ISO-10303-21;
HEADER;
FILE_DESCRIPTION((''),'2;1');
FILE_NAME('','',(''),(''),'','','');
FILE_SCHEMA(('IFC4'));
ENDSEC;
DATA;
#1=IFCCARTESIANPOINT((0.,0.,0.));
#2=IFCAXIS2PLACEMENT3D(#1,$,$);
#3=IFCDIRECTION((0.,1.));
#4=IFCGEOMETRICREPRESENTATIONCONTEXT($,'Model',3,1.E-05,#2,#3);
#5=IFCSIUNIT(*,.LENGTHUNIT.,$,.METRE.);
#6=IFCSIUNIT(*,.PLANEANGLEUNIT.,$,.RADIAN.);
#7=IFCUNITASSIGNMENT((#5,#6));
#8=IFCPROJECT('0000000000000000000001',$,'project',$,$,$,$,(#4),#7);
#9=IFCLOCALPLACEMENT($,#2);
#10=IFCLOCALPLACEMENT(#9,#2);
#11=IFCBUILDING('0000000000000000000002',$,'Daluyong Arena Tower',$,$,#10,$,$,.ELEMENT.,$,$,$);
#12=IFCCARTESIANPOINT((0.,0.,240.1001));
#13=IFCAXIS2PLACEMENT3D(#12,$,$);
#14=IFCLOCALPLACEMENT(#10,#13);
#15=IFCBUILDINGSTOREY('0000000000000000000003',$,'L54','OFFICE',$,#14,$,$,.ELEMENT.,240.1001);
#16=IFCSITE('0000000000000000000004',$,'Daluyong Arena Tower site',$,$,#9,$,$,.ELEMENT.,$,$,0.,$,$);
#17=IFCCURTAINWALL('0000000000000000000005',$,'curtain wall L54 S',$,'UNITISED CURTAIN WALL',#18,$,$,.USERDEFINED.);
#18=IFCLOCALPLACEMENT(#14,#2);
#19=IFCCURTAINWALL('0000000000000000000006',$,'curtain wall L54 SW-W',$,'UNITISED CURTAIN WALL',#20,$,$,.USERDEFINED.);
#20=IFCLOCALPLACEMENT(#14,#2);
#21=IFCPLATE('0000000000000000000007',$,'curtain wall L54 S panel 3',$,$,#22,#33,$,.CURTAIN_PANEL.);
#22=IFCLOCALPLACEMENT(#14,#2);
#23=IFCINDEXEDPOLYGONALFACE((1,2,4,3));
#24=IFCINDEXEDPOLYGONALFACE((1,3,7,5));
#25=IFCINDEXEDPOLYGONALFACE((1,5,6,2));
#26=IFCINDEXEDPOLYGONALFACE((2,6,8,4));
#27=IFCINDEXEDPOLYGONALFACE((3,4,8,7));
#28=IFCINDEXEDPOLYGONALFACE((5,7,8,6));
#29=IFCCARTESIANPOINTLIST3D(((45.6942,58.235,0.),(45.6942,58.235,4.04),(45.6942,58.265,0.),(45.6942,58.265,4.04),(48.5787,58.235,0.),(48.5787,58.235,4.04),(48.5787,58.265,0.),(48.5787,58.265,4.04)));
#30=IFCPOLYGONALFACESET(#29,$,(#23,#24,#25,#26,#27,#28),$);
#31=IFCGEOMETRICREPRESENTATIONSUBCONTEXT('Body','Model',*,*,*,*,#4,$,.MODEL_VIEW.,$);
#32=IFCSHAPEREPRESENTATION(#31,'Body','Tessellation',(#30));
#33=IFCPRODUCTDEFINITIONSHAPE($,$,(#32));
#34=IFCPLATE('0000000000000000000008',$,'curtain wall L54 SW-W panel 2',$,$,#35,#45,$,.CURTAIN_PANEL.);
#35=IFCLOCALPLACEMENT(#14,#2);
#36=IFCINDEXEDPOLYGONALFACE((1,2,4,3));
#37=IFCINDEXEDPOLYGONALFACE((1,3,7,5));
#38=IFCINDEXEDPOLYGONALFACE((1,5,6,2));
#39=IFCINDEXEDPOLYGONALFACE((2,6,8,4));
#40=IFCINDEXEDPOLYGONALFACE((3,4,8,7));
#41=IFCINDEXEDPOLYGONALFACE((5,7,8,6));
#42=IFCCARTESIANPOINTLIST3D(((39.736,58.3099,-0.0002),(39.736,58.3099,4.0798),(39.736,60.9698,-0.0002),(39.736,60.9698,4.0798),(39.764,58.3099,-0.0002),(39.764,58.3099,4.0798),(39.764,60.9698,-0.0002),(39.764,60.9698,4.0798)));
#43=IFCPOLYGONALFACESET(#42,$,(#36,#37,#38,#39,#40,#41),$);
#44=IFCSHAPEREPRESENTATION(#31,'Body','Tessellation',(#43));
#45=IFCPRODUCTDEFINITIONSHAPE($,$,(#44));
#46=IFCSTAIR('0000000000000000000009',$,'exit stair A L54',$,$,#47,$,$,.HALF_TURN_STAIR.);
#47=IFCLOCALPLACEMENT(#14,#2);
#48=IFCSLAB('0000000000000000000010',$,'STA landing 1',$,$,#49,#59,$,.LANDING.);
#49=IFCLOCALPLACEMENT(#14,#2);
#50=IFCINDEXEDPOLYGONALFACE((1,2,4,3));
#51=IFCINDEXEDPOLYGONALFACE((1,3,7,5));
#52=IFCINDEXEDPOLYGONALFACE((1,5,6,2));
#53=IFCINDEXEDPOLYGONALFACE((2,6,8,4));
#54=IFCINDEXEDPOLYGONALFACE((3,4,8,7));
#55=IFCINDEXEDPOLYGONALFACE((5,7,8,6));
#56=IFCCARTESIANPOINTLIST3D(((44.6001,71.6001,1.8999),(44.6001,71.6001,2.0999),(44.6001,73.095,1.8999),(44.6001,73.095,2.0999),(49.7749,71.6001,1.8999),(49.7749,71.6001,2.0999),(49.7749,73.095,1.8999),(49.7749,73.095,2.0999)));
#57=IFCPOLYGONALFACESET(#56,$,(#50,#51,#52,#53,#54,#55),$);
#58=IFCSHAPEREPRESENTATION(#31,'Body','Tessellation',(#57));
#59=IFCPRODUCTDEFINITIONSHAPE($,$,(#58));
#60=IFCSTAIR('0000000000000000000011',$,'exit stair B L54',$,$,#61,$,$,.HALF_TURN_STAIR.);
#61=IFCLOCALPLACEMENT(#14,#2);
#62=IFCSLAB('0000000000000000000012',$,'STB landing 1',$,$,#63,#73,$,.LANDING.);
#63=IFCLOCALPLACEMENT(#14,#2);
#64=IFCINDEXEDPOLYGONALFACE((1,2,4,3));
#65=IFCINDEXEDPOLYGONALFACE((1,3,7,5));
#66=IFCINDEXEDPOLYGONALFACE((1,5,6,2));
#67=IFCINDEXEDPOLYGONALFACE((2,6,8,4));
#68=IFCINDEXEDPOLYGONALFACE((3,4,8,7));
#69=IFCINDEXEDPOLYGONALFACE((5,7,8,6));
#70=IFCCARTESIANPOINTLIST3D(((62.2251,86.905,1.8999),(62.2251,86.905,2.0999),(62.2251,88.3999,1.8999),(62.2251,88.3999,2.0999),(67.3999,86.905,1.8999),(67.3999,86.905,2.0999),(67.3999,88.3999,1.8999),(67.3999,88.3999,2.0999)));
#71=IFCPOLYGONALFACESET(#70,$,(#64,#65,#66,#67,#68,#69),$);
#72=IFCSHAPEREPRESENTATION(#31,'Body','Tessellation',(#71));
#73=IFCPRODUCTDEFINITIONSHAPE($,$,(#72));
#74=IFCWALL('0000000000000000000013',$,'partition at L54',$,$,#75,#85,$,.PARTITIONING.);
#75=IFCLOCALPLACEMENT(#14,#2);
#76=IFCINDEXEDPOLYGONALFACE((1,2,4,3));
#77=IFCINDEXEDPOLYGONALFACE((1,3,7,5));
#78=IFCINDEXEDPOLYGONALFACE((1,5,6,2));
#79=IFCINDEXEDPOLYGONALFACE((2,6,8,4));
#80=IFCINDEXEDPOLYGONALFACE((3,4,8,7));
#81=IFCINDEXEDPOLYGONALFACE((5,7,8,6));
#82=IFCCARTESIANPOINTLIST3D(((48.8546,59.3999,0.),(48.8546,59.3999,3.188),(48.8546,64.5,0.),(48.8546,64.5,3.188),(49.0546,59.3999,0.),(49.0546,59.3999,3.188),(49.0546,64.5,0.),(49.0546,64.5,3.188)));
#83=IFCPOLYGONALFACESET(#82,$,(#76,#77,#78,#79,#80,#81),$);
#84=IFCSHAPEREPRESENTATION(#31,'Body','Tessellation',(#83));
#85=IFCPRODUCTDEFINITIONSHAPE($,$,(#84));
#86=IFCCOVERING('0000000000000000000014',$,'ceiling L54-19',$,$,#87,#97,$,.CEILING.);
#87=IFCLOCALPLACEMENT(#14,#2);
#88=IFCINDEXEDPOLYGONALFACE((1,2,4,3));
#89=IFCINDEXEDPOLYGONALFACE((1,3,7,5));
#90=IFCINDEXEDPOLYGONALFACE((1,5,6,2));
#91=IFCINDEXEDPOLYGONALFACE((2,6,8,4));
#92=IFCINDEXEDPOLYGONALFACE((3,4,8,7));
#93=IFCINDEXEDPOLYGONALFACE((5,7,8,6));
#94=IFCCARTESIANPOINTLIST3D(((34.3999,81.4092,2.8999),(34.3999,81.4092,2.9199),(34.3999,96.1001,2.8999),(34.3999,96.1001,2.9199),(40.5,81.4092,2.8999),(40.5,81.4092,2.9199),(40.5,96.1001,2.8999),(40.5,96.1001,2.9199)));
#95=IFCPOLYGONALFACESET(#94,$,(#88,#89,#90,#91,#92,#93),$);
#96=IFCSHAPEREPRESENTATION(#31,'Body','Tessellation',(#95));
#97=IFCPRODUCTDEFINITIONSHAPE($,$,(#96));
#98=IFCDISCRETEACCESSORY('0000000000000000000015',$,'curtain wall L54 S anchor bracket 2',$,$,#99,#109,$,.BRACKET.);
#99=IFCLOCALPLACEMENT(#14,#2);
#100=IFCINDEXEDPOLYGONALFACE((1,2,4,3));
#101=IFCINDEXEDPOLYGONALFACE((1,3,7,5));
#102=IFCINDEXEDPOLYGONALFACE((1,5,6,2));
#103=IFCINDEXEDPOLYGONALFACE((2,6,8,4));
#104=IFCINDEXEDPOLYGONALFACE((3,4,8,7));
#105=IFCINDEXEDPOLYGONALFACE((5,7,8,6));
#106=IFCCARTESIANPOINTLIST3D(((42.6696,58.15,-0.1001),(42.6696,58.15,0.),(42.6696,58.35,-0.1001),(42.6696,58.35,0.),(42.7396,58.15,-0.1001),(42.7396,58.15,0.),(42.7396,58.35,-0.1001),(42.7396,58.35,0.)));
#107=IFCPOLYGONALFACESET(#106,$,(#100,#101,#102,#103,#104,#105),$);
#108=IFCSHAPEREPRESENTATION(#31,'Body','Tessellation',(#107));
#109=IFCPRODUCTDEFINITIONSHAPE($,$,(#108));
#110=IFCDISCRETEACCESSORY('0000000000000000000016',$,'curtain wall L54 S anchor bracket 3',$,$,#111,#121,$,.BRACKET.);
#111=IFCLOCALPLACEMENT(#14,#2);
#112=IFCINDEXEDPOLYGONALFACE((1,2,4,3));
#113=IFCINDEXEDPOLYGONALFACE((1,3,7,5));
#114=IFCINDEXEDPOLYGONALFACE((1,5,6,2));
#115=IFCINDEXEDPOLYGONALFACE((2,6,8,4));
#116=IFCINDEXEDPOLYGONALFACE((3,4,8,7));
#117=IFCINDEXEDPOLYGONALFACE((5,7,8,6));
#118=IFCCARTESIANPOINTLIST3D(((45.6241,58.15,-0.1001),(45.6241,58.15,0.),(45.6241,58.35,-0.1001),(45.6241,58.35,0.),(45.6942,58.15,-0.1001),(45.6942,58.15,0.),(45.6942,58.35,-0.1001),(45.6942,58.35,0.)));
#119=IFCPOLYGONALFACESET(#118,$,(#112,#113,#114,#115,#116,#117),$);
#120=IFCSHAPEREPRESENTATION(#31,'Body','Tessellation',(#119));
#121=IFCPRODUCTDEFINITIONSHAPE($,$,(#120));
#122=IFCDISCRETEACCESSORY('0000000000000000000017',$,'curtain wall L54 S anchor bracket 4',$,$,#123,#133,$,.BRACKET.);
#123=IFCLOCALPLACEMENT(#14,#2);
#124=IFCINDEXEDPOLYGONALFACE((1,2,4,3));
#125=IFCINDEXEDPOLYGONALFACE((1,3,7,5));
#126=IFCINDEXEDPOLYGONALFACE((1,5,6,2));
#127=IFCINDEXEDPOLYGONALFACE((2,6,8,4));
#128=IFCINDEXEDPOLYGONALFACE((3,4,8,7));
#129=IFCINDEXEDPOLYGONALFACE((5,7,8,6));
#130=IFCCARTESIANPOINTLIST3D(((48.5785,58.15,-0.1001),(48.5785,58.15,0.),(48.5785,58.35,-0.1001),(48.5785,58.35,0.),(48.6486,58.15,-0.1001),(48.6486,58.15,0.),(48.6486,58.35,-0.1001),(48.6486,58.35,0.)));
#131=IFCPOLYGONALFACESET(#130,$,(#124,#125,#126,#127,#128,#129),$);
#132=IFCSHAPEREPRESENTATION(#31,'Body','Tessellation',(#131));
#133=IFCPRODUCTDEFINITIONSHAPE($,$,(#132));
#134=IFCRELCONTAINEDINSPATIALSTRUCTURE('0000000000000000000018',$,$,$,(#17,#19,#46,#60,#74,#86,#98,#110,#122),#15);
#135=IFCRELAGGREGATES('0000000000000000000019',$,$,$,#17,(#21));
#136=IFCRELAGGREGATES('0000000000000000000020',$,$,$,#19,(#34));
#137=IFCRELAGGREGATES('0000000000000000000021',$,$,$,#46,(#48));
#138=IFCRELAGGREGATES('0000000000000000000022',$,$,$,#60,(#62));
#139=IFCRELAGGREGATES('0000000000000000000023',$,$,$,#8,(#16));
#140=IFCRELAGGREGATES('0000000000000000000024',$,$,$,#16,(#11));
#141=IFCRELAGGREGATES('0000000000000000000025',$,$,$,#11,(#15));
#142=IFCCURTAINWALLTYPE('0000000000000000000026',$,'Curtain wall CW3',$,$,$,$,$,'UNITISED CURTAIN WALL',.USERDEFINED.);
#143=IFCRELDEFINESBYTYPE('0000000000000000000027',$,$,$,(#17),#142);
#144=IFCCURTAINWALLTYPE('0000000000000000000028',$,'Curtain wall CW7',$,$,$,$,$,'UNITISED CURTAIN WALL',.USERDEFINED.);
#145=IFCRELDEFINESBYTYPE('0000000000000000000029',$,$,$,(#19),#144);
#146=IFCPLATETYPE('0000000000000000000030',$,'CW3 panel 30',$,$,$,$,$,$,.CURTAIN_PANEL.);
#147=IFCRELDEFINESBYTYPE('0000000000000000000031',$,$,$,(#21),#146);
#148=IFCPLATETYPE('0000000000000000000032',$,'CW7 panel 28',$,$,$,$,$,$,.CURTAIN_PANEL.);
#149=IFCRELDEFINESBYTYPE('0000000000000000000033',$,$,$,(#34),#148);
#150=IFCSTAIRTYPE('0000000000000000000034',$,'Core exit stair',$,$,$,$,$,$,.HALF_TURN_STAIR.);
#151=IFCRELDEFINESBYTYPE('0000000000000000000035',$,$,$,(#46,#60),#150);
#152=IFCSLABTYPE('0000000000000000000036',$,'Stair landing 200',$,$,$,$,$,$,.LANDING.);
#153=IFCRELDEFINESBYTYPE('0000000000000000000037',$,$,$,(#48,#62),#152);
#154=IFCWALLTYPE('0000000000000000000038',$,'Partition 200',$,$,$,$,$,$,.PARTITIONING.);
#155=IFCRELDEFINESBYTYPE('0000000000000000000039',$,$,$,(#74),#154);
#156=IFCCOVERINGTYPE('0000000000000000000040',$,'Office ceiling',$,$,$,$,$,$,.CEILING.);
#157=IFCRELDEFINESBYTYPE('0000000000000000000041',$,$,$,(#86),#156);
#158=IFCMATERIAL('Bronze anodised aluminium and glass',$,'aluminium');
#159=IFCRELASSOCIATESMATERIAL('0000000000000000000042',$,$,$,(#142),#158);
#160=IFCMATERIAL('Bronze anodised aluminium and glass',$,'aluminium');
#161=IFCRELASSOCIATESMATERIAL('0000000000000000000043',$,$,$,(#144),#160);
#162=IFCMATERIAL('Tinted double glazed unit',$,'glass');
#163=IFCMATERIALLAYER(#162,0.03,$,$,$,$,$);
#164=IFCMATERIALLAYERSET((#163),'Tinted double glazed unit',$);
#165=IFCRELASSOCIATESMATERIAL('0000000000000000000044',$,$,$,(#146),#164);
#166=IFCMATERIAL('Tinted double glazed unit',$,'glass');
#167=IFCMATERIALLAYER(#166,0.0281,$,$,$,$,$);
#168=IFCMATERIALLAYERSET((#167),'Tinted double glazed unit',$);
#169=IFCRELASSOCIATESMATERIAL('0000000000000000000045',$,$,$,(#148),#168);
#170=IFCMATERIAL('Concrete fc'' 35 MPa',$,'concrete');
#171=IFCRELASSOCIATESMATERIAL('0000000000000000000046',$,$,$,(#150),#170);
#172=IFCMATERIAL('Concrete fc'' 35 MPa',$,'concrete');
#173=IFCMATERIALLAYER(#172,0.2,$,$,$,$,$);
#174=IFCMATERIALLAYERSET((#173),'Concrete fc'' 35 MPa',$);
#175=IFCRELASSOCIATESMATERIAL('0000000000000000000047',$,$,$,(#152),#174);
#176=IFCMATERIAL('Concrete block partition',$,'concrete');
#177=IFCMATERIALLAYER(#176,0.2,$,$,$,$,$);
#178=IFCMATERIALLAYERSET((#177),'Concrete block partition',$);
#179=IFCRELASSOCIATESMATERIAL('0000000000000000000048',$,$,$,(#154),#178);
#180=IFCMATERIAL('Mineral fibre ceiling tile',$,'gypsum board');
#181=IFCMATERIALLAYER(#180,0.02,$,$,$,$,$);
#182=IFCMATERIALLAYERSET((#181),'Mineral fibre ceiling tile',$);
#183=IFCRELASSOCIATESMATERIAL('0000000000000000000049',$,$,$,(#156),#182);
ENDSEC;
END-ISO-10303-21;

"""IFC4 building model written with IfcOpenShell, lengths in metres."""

from ifc_helpers import new_model, si_unit, direction, frame, frame_2d, origin, origin_2d, place, context, subcontext, project, spatial, polyline, rectangle, outline, extrude, material, layer, layer_set, type_object, element, aggregate, save


model = new_model("IFC4")

# Units and contexts
model_context = context("Model", 3, precision=1e-05, world=origin(), true_north=direction((0.0, 1.0)))
body_context = subcontext(model_context, "Body", "Model", "MODEL_VIEW")
ifc_project = project(units=[si_unit("LENGTHUNIT", "METRE"), si_unit("PLANEANGLEUNIT", "RADIAN")], contexts=[model_context])

# Site, building, storey
site_placement = place(None, origin())
site = spatial("IfcSite", under=ifc_project, at=site_placement, Name="Daluyong Arena Tower site", CompositionType="ELEMENT", RefElevation=0.0)
building_placement = place(site_placement, origin())
building = spatial("IfcBuilding", under=site, at=building_placement, Name="Daluyong Arena Tower", CompositionType="ELEMENT")
storey_placement = place(building_placement, frame((0.0, 0.0, 240.1001)))
storey = spatial("IfcBuildingStorey", under=building, at=storey_placement, Name="L54", Description="OFFICE", CompositionType="ELEMENT", Elevation=240.1001)

# Curtain walls
ifc_material_1 = material(Name="Bronze anodised aluminium and glass", Category="aluminium")
curtain_wall_type_1 = type_object("IfcCurtainWallType", Name="Curtain wall CW3", ElementType="UNITISED CURTAIN WALL", PredefinedType="USERDEFINED", material=ifc_material_1)
curtain_wall_1_placement = place(storey_placement, origin())
curtain_wall_1 = element("IfcCurtainWall", 1, at=curtain_wall_1_placement, inside=storey, type_object=curtain_wall_type_1, Name="curtain wall L54 S", ObjectType="UNITISED CURTAIN WALL", PredefinedType="USERDEFINED")
ifc_material_2 = material(Name="Bronze anodised aluminium and glass", Category="aluminium")
curtain_wall_type_2 = type_object("IfcCurtainWallType", Name="Curtain wall CW7", ElementType="UNITISED CURTAIN WALL", PredefinedType="USERDEFINED", material=ifc_material_2)
curtain_wall_2_placement = place(storey_placement, origin())
curtain_wall_2 = element("IfcCurtainWall", 2, at=curtain_wall_2_placement, inside=storey, type_object=curtain_wall_type_2, Name="curtain wall L54 SW-W", ObjectType="UNITISED CURTAIN WALL", PredefinedType="USERDEFINED")

# Plates
ifc_material_3 = material(Name="Tinted double glazed unit", Category="glass")
ifc_layer_1 = layer(ifc_material_3, 0.03)
ifc_layer_set_1 = layer_set([ifc_layer_1], Name="Tinted double glazed unit")
plate_type_1 = type_object("IfcPlateType", Name="CW3 panel 30", PredefinedType="CURTAIN_PANEL", material=ifc_layer_set_1)
plate_1_placement = place(storey_placement, frame((47.1365, 58.25, 0.0), z_axis=(0.0, 0.0, 1.0), x_axis=(1.0, 0.0, 0.0)))
plate_1 = element("IfcPlate", 3, at=plate_1_placement, type_object=plate_type_1, Name="curtain wall L54 S panel 3", PredefinedType="CURTAIN_PANEL", context=body_context, shape_type="SweptSolid", body=[
    extrude(rectangle(XDim=2.8845, YDim=0.03, at=origin_2d()), origin(), (0.0, 0.0, 1.0), 4.04),
])
aggregate(curtain_wall_1, [plate_1])
ifc_material_4 = material(Name="Tinted double glazed unit", Category="glass")
ifc_layer_2 = layer(ifc_material_4, 0.0281)
ifc_layer_set_2 = layer_set([ifc_layer_2], Name="Tinted double glazed unit")
plate_type_2 = type_object("IfcPlateType", Name="CW7 panel 28", PredefinedType="CURTAIN_PANEL", material=ifc_layer_set_2)
plate_2_placement = place(storey_placement, frame((39.75, 59.6399, -0.0002), z_axis=(0.0, 0.0, 1.0), x_axis=(0.0, -1.0, 0.0)))
plate_2 = element("IfcPlate", 4, at=plate_2_placement, type_object=plate_type_2, Name="curtain wall L54 SW-W panel 2", PredefinedType="CURTAIN_PANEL", context=body_context, shape_type="SweptSolid", body=[
    extrude(rectangle(XDim=2.6599, YDim=0.0281, at=origin_2d()), origin(), (0.0, 0.0, 1.0), 4.0801),
])
aggregate(curtain_wall_2, [plate_2])

# Stairs, slabs
ifc_material_5 = material(Name="Concrete fc' 35 MPa", Category="concrete")
stair_type = type_object("IfcStairType", Name="Core exit stair", PredefinedType="HALF_TURN_STAIR", material=ifc_material_5)
stair_1_placement = place(storey_placement, origin())
stair_1 = element("IfcStair", 5, at=stair_1_placement, inside=storey, type_object=stair_type, Name="exit stair A L54", PredefinedType="HALF_TURN_STAIR")
ifc_material_6 = material(Name="Concrete fc' 35 MPa", Category="concrete")
ifc_layer_3 = layer(ifc_material_6, 0.2)
ifc_layer_set_3 = layer_set([ifc_layer_3], Name="Concrete fc' 35 MPa")
slab_type = type_object("IfcSlabType", Name="Stair landing 200", PredefinedType="LANDING", material=ifc_layer_set_3)
slab_1_placement = place(storey_placement, frame((0.0, 0.0, 1.8999)))
slab_1 = element("IfcSlab", 6, at=slab_1_placement, type_object=slab_type, Name="STA landing 1", PredefinedType="LANDING", context=body_context, shape_type="SweptSolid", body=[
    extrude(outline(polyline([(44.6001, 71.6001), (49.7749, 71.6001), (49.7749, 73.095), (44.6001, 73.095), (44.6001, 71.6001)])), origin(), (0.0, 0.0, 1.0), 0.2),
])
aggregate(stair_1, [slab_1])
stair_2_placement = place(storey_placement, origin())
stair_2 = element("IfcStair", 7, at=stair_2_placement, inside=storey, type_object=stair_type, Name="exit stair B L54", PredefinedType="HALF_TURN_STAIR")
slab_2_placement = place(storey_placement, frame((0.0, 0.0, 1.8999)))
slab_2 = element("IfcSlab", 8, at=slab_2_placement, type_object=slab_type, Name="STB landing 1", PredefinedType="LANDING", context=body_context, shape_type="SweptSolid", body=[
    extrude(outline(polyline([(62.2251, 86.905), (67.3999, 86.905), (67.3999, 88.3999), (62.2251, 88.3999), (62.2251, 86.905)])), origin(), (0.0, 0.0, 1.0), 0.2),
])
aggregate(stair_2, [slab_2])

# Wall
ifc_material_7 = material(Name="Concrete block partition", Category="concrete")
ifc_layer_4 = layer(ifc_material_7, 0.2)
ifc_layer_set_4 = layer_set([ifc_layer_4], Name="Concrete block partition")
wall_type = type_object("IfcWallType", Name="Partition 200", PredefinedType="PARTITIONING", material=ifc_layer_set_4)
wall_placement = place(storey_placement, frame((48.9546, 59.3999, 0.0), z_axis=(0.0, 0.0, 1.0), x_axis=(0.0, 1.0, 0.0)))
element("IfcWall", 9, at=wall_placement, inside=storey, type_object=wall_type, Name="partition at L54", PredefinedType="PARTITIONING", context=body_context, shape_type="SweptSolid", body=[
    extrude(rectangle(XDim=5.1001, YDim=0.2, at=frame_2d((2.55, 0.0))), origin(), (0.0, 0.0, 1.0), 3.188),
])

# Covering
ifc_material_8 = material(Name="Mineral fibre ceiling tile", Category="gypsum board")
ifc_layer_5 = layer(ifc_material_8, 0.02)
ifc_layer_set_5 = layer_set([ifc_layer_5], Name="Mineral fibre ceiling tile")
covering_type = type_object("IfcCoveringType", Name="Office ceiling", PredefinedType="CEILING", material=ifc_layer_set_5)
covering_placement = place(storey_placement, frame((0.0, 0.0, 2.8999)))
element("IfcCovering", 10, at=covering_placement, inside=storey, type_object=covering_type, Name="ceiling L54-19", PredefinedType="CEILING", context=body_context, shape_type="SweptSolid", body=[
    extrude(outline(polyline([(40.5, 96.1001), (34.3999, 96.1001), (34.3999, 81.4092), (40.5, 81.4092), (40.5, 96.1001)])), origin(), (0.0, 0.0, 1.0), 0.02),
])

# Discrete accessories
for number, where, z_axis, x_axis, name in (
    (11, (42.7046, 58.25, -0.1001), (0.0, 0.0, 1.0), (1.0, 0.0, 0.0), "curtain wall L54 S anchor bracket 2"),
    (12, (45.6592, 58.25, -0.1001), (0.0, 0.0, 1.0), (1.0, 0.0, 0.0), "curtain wall L54 S anchor bracket 3"),
    (13, (48.6135, 58.25, -0.1001), (0.0, 0.0, 1.0), (1.0, 0.0, 0.0), "curtain wall L54 S anchor bracket 4"),
):
    element("IfcDiscreteAccessory", number, at=place(storey_placement, frame(where, z_axis=z_axis, x_axis=x_axis)), inside=storey, Name=name, PredefinedType="BRACKET", context=body_context, shape_type="SweptSolid", body=[
        extrude(rectangle(XDim=0.0701, YDim=0.2, at=origin_2d()), origin(), (0.0, 0.0, 1.0), 0.1001),
    ])

save(model, "model.ifc")
